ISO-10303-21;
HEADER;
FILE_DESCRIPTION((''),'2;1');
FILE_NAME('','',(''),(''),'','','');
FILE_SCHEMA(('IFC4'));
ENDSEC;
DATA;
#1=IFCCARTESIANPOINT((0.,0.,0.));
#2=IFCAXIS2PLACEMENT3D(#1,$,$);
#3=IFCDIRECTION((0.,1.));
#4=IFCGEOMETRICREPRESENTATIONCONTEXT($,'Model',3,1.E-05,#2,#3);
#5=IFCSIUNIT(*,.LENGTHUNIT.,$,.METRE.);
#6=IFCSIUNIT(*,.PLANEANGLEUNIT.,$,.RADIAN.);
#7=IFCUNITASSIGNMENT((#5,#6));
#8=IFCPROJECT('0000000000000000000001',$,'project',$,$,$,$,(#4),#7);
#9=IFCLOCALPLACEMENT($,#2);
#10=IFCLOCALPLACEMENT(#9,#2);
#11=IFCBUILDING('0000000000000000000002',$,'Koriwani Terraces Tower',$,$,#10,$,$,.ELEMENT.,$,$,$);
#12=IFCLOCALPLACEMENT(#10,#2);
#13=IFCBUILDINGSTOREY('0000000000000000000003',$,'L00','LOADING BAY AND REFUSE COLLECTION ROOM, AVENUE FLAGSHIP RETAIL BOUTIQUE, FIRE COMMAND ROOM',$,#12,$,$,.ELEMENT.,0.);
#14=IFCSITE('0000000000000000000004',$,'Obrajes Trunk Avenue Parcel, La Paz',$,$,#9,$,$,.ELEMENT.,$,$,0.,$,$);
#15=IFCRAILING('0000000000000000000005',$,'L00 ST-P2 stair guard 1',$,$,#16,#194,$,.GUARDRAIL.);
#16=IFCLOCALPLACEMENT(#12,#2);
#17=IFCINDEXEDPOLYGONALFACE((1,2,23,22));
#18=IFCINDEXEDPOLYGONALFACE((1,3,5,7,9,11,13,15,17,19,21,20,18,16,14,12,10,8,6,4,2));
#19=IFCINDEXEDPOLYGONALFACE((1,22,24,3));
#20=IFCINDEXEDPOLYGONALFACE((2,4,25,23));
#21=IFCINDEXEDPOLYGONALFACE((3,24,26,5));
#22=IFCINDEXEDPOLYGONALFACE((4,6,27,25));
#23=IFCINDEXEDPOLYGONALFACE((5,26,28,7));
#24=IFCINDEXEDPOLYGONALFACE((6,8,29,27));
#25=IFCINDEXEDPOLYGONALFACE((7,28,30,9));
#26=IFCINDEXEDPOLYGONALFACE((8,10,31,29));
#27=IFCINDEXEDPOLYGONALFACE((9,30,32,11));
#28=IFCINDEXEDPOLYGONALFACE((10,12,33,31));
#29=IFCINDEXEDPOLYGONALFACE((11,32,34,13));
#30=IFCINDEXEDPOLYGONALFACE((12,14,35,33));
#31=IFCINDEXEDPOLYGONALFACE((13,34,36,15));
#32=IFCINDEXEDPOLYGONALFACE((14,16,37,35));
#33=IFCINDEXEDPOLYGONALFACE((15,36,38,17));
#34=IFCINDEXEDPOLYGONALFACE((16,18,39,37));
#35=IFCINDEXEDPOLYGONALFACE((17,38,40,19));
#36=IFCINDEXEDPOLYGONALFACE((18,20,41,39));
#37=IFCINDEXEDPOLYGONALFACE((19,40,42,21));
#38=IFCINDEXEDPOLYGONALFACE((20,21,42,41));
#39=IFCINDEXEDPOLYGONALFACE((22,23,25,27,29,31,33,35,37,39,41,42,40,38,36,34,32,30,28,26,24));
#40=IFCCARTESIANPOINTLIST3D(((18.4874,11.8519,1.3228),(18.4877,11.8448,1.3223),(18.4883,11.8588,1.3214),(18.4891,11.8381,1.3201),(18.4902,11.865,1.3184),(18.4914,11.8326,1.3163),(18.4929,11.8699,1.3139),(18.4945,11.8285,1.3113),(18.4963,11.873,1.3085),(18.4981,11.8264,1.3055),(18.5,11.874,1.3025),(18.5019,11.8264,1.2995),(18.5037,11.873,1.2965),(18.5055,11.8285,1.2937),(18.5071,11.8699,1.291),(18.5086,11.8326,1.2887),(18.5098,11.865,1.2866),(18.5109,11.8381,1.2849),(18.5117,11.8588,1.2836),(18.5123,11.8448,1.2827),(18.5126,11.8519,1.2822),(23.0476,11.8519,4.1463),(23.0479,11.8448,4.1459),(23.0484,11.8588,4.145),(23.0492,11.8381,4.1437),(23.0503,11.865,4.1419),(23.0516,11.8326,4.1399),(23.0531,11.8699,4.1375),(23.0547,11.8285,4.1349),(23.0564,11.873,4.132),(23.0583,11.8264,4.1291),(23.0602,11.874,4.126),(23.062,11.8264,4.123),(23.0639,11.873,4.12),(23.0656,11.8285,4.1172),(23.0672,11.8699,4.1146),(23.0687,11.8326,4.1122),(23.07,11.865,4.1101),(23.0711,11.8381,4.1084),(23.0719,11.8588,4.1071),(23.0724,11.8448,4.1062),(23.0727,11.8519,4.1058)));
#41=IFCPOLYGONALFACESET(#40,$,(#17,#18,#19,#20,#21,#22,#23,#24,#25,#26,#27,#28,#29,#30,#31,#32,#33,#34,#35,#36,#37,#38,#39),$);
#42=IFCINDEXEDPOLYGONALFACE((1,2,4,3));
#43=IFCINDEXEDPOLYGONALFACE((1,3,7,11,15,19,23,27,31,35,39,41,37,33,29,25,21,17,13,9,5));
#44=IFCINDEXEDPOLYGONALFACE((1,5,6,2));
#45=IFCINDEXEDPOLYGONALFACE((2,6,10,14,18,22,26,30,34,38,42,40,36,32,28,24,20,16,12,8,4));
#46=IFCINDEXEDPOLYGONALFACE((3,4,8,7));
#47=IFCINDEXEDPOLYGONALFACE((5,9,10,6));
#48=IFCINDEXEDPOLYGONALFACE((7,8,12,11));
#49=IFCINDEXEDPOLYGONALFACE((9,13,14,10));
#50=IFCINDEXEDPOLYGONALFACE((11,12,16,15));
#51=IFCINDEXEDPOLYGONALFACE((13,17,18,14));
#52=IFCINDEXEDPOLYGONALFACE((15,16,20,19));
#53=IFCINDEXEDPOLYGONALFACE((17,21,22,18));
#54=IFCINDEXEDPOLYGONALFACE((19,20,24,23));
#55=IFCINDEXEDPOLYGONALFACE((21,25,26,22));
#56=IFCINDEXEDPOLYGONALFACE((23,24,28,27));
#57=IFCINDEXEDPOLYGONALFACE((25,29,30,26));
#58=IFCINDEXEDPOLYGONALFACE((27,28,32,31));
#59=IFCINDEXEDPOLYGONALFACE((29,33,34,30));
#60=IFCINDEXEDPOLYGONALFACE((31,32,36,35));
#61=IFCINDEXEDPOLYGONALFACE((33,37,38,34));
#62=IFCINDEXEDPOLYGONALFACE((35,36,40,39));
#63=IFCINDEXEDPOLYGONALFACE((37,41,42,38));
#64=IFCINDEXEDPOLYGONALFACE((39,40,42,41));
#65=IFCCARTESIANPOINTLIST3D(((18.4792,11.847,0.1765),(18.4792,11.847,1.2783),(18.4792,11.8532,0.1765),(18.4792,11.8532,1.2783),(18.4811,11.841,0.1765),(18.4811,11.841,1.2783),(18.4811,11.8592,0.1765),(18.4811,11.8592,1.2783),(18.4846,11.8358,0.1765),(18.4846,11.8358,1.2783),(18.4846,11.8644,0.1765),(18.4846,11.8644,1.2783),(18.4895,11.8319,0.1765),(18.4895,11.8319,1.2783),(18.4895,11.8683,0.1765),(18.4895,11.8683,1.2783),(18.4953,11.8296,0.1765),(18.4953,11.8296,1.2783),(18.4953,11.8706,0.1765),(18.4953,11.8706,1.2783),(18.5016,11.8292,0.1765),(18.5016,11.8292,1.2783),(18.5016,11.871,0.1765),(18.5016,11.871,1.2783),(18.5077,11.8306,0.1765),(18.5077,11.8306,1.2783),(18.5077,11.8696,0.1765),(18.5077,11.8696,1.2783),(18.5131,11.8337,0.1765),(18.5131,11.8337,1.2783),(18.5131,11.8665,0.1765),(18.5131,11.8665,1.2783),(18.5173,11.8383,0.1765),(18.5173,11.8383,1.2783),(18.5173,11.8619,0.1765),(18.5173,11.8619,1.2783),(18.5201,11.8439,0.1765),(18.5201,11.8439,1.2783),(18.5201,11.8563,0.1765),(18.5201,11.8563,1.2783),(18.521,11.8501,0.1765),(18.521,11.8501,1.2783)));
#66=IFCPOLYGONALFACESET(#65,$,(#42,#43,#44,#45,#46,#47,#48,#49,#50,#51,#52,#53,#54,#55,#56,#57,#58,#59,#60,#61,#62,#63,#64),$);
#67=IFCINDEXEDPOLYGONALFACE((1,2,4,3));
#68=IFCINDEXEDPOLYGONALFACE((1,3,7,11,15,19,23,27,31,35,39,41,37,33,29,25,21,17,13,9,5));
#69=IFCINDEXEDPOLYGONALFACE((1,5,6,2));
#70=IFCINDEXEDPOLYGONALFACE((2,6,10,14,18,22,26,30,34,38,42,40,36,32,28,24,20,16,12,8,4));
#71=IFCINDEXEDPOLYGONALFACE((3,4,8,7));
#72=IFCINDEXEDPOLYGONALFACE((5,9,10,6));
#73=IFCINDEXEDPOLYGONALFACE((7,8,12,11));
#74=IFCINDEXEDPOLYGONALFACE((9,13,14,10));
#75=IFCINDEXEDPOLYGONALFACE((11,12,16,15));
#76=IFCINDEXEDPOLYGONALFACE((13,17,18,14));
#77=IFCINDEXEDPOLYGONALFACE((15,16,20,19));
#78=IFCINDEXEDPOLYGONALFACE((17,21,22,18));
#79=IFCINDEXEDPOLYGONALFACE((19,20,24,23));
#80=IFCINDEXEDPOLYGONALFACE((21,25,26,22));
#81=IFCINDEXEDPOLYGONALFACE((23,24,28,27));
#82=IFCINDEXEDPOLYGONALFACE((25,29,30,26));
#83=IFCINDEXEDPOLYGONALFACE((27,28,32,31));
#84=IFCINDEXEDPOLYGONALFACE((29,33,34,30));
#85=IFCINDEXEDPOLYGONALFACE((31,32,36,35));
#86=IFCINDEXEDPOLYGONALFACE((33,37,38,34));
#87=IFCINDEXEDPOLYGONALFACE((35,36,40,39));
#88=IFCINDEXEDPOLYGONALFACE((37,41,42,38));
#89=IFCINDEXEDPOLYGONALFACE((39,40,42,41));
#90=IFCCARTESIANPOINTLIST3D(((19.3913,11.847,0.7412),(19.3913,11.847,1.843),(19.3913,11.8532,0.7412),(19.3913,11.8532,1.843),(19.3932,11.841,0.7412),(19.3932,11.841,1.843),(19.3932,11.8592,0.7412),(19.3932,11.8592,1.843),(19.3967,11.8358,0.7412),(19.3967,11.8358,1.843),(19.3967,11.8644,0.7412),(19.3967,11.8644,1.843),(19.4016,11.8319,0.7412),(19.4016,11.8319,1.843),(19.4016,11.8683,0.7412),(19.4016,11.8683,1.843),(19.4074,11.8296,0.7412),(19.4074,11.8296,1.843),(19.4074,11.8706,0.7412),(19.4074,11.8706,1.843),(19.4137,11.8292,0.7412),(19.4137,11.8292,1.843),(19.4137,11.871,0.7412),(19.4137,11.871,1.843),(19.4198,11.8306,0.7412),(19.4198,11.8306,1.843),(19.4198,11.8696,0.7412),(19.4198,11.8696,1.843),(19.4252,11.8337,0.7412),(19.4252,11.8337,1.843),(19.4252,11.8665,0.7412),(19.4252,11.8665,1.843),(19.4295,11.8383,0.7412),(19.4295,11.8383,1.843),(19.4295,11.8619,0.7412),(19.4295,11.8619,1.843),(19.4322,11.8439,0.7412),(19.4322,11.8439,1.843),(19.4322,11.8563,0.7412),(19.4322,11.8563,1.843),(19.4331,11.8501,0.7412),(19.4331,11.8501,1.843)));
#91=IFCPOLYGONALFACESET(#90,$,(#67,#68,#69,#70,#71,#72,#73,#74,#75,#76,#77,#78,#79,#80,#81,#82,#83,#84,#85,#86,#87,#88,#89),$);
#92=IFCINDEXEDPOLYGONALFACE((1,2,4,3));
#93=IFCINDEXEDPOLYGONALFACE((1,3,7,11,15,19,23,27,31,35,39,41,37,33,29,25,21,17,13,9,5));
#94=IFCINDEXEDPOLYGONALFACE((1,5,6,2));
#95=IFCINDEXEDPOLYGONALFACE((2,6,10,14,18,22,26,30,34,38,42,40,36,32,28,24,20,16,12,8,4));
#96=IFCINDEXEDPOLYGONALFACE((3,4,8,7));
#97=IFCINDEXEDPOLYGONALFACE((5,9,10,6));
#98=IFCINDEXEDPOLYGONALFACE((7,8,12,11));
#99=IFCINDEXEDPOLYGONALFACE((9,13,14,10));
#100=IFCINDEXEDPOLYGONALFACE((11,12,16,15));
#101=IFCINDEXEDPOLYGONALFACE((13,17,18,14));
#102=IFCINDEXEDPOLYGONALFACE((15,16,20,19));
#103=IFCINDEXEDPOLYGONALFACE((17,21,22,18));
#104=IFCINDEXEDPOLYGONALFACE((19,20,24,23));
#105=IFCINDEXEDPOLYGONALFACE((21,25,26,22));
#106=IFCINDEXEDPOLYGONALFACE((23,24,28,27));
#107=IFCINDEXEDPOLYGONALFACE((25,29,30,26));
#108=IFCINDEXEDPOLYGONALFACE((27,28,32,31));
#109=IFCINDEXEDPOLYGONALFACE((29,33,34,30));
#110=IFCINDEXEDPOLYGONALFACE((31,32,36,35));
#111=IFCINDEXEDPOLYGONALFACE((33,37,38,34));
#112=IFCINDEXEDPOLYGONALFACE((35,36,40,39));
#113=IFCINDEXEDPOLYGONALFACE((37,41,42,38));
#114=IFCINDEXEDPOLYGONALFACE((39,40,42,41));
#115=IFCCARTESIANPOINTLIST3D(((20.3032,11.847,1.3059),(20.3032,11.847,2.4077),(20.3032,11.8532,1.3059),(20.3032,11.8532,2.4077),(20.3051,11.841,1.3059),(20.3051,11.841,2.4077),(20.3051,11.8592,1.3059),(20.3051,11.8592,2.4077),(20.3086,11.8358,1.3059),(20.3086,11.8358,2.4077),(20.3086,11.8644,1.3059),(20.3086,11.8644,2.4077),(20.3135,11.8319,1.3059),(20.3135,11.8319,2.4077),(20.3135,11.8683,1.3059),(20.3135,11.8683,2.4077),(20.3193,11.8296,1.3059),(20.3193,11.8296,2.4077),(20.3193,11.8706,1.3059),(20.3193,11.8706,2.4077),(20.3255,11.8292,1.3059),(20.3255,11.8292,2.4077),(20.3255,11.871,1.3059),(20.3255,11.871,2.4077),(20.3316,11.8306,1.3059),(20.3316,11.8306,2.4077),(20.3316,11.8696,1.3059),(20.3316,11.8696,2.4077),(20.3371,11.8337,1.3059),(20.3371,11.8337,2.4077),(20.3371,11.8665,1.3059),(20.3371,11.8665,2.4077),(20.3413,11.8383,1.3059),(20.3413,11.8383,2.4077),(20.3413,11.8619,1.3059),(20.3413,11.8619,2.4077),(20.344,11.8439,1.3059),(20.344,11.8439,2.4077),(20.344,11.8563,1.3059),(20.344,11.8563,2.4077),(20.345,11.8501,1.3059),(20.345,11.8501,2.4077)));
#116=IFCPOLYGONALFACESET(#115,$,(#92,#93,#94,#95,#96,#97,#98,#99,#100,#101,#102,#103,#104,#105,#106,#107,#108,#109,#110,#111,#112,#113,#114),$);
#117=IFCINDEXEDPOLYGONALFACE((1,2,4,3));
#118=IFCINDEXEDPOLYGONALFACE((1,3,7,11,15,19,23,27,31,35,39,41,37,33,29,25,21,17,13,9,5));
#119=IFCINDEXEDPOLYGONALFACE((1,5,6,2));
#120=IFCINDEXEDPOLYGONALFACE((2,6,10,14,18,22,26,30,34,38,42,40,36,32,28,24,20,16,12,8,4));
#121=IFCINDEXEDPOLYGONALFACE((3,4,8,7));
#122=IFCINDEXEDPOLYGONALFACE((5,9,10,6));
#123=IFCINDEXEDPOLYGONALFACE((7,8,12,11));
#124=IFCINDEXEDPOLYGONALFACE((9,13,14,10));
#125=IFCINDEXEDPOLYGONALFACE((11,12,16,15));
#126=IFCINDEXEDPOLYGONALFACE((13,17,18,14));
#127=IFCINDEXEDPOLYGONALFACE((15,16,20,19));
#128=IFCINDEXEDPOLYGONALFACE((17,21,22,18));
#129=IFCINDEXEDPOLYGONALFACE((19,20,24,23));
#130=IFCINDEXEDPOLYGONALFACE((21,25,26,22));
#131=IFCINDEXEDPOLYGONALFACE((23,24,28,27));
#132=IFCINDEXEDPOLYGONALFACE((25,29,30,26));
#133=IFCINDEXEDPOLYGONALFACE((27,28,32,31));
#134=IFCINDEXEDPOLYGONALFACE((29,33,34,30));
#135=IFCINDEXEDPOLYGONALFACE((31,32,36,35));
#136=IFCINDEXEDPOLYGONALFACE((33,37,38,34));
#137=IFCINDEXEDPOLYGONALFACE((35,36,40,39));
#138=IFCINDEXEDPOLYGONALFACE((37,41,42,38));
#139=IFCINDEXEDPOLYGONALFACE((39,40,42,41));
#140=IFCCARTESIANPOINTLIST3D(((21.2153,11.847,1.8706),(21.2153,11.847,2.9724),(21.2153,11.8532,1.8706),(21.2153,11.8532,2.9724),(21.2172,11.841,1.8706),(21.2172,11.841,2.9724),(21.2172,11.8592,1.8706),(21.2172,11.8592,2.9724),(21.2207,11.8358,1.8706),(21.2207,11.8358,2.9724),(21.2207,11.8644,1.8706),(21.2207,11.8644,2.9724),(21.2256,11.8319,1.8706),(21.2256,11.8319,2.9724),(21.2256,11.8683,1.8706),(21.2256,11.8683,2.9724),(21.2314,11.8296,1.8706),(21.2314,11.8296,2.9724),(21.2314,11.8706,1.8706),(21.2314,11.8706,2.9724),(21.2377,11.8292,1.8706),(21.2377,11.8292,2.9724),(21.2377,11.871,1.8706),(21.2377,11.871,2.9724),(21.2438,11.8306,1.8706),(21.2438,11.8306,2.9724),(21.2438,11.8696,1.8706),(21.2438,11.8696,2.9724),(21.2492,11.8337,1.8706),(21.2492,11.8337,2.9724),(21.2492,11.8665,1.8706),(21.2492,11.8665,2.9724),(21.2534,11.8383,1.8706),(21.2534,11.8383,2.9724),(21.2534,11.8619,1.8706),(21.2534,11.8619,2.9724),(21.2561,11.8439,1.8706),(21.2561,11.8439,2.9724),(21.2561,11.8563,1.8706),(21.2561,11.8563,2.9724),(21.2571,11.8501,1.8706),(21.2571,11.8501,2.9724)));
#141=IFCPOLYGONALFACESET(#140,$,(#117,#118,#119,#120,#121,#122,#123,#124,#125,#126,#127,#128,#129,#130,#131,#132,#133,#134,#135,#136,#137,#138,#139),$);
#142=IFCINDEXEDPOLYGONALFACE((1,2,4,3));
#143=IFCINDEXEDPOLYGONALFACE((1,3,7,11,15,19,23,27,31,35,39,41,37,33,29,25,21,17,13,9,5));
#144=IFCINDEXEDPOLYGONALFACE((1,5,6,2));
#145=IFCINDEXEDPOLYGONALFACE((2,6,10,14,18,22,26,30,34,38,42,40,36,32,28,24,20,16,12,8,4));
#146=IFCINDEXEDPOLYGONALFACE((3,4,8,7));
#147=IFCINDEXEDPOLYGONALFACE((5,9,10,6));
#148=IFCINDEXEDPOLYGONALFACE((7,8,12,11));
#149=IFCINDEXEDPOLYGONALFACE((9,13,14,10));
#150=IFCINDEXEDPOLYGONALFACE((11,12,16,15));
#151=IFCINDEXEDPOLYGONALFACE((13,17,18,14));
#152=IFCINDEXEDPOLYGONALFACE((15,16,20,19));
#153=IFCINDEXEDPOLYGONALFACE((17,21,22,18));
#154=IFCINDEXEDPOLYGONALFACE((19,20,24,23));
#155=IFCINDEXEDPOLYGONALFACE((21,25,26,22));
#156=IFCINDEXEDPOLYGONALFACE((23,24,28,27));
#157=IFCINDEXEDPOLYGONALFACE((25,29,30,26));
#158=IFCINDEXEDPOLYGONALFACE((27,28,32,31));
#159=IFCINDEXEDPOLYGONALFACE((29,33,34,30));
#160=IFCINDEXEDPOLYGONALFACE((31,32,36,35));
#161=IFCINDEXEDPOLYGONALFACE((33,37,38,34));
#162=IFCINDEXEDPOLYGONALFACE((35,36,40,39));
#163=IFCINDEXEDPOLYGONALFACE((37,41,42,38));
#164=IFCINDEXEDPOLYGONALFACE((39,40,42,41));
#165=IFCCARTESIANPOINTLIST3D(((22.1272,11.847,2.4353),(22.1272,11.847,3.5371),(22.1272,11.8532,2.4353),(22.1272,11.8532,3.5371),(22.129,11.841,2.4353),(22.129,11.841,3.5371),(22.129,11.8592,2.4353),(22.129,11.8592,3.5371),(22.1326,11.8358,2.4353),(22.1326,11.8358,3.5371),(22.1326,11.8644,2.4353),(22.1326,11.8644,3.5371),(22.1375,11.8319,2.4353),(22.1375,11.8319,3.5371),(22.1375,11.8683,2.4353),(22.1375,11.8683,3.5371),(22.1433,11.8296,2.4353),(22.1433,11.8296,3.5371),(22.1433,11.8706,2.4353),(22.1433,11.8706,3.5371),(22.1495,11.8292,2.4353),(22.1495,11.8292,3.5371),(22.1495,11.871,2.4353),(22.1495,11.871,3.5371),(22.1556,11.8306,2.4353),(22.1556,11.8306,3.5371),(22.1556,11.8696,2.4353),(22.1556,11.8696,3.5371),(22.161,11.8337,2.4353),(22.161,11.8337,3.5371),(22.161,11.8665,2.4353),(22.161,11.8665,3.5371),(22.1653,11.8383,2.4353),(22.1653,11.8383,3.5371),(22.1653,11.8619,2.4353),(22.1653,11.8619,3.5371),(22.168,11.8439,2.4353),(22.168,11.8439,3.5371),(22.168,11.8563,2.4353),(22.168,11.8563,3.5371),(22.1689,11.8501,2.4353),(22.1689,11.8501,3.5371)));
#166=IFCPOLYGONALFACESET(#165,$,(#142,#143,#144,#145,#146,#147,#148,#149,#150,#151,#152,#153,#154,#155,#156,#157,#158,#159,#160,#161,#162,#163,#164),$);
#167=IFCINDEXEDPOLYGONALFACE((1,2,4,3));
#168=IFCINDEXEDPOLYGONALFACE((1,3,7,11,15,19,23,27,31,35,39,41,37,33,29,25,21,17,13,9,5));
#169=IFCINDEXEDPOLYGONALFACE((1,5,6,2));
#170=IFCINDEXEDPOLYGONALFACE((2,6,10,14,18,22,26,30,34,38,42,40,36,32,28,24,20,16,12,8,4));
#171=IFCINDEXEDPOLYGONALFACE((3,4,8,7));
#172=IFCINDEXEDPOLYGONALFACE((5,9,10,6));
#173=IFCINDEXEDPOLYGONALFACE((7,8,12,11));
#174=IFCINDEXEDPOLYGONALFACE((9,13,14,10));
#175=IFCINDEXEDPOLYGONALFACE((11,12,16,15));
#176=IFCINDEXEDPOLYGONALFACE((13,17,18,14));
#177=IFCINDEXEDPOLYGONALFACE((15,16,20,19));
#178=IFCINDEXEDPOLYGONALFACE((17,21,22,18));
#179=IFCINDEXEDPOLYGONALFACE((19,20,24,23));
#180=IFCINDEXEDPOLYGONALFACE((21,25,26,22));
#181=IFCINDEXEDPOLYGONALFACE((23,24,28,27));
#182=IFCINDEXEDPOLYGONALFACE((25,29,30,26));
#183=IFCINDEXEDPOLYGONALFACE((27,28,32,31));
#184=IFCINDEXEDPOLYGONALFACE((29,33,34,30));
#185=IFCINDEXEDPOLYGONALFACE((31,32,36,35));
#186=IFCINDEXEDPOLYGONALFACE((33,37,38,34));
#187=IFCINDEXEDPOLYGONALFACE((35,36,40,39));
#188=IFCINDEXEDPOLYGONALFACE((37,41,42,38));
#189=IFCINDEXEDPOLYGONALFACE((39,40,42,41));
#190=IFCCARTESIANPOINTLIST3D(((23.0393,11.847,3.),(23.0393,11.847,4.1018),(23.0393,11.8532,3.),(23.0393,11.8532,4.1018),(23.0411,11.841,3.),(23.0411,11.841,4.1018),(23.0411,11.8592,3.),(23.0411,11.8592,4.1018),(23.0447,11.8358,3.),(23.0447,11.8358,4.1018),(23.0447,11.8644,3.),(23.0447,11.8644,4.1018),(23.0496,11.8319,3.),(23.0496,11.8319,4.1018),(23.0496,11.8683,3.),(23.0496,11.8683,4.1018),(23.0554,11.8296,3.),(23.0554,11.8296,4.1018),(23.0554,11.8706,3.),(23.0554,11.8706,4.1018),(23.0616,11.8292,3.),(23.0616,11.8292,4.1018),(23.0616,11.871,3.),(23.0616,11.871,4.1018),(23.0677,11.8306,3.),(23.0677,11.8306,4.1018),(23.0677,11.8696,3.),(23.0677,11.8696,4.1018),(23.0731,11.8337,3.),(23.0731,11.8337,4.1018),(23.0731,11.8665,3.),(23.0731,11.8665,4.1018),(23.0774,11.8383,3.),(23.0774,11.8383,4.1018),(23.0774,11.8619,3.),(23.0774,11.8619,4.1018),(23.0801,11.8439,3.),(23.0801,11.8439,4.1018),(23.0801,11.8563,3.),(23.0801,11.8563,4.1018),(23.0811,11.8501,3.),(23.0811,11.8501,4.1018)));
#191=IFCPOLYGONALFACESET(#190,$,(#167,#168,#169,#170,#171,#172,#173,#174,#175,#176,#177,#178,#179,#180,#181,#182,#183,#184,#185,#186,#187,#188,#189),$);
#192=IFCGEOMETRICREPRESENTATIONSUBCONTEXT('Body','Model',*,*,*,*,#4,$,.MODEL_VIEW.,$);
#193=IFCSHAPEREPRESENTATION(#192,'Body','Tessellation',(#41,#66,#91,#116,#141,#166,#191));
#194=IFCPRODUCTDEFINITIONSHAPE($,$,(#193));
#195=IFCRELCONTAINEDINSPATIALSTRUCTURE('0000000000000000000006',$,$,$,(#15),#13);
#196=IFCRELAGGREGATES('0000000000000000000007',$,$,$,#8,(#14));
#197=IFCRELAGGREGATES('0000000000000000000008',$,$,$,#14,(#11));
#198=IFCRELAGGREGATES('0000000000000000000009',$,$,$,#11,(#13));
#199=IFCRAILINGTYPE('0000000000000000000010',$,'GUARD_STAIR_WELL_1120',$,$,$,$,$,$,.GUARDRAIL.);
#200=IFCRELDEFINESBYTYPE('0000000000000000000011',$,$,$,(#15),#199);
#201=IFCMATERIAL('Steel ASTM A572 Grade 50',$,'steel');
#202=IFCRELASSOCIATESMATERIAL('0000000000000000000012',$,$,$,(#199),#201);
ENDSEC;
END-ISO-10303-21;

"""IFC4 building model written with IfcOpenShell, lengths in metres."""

from ifc_helpers import new_model, si_unit, direction, frame, origin, origin_2d, place, context, subcontext, project, spatial, circle, extrude, material, type_object, element, save


model = new_model("IFC4")

# Units and contexts
model_context = context("Model", 3, precision=1e-05, world=origin(), true_north=direction((0.0, 1.0)))
body_context = subcontext(model_context, "Body", "Model", "MODEL_VIEW")
ifc_project = project(units=[si_unit("LENGTHUNIT", "METRE"), si_unit("PLANEANGLEUNIT", "RADIAN")], contexts=[model_context])

# Site, building, storey
site_placement = place(None, origin())
site = spatial("IfcSite", under=ifc_project, at=site_placement, Name="Obrajes Trunk Avenue Parcel, La Paz", CompositionType="ELEMENT", RefElevation=0.0)
building_placement = place(site_placement, origin())
building = spatial("IfcBuilding", under=site, at=building_placement, Name="Koriwani Terraces Tower", CompositionType="ELEMENT")
storey_placement = place(building_placement, origin())
storey = spatial("IfcBuildingStorey", under=building, at=storey_placement, Name="L00", Description="LOADING BAY AND REFUSE COLLECTION ROOM, AVENUE FLAGSHIP RETAIL BOUTIQUE, FIRE COMMAND ROOM", CompositionType="ELEMENT", Elevation=0.0)

# Shared definitions
ifc_material_1 = material(Name="Steel ASTM A572 Grade 50", Category="steel")

# Railing
railing_type_1 = type_object("IfcRailingType", Name="GUARD_STAIR_WELL_1120", PredefinedType="GUARDRAIL", material=ifc_material_1)
railing_1_placement = place(storey_placement, frame((18.5, 11.8501, 0.1765)))
element("IfcRailing", 1, at=railing_1_placement, inside=storey, type_object=railing_type_1, Name="L00 ST-P2 stair guard 1", PredefinedType="GUARDRAIL", context=body_context, shape_type="SweptSolid", body=[
    extrude(circle(Radius=0.0239, at=origin_2d()), frame((0.0, 0.0, 1.126), z_axis=(0.850216, 0.0, 0.526435), x_axis=(0.0, 1.0, 0.0)), (0.0, 0.0, 1.0), 5.3635),
    extrude(circle(Radius=0.021, at=origin_2d()), origin(), (0.0, 0.0, 1.0), 1.1018),
    extrude(circle(Radius=0.021, at=origin_2d()), frame((0.9121, 0.0, 0.5647)), (0.0, 0.0, 1.0), 1.1018),
    extrude(circle(Radius=0.021, at=origin_2d()), frame((1.824, 0.0, 1.1294)), (0.0, 0.0, 1.0), 1.1018),
    extrude(circle(Radius=0.021, at=origin_2d()), frame((2.7361, 0.0, 1.6941)), (0.0, 0.0, 1.0), 1.1018),
    extrude(circle(Radius=0.021, at=origin_2d()), frame((3.6479, 0.0, 2.2588)), (0.0, 0.0, 1.0), 1.1018),
    extrude(circle(Radius=0.021, at=origin_2d()), frame((4.5601, 0.0, 2.8235)), (0.0, 0.0, 1.0), 1.1018),
])

save(model, "model.ifc")
